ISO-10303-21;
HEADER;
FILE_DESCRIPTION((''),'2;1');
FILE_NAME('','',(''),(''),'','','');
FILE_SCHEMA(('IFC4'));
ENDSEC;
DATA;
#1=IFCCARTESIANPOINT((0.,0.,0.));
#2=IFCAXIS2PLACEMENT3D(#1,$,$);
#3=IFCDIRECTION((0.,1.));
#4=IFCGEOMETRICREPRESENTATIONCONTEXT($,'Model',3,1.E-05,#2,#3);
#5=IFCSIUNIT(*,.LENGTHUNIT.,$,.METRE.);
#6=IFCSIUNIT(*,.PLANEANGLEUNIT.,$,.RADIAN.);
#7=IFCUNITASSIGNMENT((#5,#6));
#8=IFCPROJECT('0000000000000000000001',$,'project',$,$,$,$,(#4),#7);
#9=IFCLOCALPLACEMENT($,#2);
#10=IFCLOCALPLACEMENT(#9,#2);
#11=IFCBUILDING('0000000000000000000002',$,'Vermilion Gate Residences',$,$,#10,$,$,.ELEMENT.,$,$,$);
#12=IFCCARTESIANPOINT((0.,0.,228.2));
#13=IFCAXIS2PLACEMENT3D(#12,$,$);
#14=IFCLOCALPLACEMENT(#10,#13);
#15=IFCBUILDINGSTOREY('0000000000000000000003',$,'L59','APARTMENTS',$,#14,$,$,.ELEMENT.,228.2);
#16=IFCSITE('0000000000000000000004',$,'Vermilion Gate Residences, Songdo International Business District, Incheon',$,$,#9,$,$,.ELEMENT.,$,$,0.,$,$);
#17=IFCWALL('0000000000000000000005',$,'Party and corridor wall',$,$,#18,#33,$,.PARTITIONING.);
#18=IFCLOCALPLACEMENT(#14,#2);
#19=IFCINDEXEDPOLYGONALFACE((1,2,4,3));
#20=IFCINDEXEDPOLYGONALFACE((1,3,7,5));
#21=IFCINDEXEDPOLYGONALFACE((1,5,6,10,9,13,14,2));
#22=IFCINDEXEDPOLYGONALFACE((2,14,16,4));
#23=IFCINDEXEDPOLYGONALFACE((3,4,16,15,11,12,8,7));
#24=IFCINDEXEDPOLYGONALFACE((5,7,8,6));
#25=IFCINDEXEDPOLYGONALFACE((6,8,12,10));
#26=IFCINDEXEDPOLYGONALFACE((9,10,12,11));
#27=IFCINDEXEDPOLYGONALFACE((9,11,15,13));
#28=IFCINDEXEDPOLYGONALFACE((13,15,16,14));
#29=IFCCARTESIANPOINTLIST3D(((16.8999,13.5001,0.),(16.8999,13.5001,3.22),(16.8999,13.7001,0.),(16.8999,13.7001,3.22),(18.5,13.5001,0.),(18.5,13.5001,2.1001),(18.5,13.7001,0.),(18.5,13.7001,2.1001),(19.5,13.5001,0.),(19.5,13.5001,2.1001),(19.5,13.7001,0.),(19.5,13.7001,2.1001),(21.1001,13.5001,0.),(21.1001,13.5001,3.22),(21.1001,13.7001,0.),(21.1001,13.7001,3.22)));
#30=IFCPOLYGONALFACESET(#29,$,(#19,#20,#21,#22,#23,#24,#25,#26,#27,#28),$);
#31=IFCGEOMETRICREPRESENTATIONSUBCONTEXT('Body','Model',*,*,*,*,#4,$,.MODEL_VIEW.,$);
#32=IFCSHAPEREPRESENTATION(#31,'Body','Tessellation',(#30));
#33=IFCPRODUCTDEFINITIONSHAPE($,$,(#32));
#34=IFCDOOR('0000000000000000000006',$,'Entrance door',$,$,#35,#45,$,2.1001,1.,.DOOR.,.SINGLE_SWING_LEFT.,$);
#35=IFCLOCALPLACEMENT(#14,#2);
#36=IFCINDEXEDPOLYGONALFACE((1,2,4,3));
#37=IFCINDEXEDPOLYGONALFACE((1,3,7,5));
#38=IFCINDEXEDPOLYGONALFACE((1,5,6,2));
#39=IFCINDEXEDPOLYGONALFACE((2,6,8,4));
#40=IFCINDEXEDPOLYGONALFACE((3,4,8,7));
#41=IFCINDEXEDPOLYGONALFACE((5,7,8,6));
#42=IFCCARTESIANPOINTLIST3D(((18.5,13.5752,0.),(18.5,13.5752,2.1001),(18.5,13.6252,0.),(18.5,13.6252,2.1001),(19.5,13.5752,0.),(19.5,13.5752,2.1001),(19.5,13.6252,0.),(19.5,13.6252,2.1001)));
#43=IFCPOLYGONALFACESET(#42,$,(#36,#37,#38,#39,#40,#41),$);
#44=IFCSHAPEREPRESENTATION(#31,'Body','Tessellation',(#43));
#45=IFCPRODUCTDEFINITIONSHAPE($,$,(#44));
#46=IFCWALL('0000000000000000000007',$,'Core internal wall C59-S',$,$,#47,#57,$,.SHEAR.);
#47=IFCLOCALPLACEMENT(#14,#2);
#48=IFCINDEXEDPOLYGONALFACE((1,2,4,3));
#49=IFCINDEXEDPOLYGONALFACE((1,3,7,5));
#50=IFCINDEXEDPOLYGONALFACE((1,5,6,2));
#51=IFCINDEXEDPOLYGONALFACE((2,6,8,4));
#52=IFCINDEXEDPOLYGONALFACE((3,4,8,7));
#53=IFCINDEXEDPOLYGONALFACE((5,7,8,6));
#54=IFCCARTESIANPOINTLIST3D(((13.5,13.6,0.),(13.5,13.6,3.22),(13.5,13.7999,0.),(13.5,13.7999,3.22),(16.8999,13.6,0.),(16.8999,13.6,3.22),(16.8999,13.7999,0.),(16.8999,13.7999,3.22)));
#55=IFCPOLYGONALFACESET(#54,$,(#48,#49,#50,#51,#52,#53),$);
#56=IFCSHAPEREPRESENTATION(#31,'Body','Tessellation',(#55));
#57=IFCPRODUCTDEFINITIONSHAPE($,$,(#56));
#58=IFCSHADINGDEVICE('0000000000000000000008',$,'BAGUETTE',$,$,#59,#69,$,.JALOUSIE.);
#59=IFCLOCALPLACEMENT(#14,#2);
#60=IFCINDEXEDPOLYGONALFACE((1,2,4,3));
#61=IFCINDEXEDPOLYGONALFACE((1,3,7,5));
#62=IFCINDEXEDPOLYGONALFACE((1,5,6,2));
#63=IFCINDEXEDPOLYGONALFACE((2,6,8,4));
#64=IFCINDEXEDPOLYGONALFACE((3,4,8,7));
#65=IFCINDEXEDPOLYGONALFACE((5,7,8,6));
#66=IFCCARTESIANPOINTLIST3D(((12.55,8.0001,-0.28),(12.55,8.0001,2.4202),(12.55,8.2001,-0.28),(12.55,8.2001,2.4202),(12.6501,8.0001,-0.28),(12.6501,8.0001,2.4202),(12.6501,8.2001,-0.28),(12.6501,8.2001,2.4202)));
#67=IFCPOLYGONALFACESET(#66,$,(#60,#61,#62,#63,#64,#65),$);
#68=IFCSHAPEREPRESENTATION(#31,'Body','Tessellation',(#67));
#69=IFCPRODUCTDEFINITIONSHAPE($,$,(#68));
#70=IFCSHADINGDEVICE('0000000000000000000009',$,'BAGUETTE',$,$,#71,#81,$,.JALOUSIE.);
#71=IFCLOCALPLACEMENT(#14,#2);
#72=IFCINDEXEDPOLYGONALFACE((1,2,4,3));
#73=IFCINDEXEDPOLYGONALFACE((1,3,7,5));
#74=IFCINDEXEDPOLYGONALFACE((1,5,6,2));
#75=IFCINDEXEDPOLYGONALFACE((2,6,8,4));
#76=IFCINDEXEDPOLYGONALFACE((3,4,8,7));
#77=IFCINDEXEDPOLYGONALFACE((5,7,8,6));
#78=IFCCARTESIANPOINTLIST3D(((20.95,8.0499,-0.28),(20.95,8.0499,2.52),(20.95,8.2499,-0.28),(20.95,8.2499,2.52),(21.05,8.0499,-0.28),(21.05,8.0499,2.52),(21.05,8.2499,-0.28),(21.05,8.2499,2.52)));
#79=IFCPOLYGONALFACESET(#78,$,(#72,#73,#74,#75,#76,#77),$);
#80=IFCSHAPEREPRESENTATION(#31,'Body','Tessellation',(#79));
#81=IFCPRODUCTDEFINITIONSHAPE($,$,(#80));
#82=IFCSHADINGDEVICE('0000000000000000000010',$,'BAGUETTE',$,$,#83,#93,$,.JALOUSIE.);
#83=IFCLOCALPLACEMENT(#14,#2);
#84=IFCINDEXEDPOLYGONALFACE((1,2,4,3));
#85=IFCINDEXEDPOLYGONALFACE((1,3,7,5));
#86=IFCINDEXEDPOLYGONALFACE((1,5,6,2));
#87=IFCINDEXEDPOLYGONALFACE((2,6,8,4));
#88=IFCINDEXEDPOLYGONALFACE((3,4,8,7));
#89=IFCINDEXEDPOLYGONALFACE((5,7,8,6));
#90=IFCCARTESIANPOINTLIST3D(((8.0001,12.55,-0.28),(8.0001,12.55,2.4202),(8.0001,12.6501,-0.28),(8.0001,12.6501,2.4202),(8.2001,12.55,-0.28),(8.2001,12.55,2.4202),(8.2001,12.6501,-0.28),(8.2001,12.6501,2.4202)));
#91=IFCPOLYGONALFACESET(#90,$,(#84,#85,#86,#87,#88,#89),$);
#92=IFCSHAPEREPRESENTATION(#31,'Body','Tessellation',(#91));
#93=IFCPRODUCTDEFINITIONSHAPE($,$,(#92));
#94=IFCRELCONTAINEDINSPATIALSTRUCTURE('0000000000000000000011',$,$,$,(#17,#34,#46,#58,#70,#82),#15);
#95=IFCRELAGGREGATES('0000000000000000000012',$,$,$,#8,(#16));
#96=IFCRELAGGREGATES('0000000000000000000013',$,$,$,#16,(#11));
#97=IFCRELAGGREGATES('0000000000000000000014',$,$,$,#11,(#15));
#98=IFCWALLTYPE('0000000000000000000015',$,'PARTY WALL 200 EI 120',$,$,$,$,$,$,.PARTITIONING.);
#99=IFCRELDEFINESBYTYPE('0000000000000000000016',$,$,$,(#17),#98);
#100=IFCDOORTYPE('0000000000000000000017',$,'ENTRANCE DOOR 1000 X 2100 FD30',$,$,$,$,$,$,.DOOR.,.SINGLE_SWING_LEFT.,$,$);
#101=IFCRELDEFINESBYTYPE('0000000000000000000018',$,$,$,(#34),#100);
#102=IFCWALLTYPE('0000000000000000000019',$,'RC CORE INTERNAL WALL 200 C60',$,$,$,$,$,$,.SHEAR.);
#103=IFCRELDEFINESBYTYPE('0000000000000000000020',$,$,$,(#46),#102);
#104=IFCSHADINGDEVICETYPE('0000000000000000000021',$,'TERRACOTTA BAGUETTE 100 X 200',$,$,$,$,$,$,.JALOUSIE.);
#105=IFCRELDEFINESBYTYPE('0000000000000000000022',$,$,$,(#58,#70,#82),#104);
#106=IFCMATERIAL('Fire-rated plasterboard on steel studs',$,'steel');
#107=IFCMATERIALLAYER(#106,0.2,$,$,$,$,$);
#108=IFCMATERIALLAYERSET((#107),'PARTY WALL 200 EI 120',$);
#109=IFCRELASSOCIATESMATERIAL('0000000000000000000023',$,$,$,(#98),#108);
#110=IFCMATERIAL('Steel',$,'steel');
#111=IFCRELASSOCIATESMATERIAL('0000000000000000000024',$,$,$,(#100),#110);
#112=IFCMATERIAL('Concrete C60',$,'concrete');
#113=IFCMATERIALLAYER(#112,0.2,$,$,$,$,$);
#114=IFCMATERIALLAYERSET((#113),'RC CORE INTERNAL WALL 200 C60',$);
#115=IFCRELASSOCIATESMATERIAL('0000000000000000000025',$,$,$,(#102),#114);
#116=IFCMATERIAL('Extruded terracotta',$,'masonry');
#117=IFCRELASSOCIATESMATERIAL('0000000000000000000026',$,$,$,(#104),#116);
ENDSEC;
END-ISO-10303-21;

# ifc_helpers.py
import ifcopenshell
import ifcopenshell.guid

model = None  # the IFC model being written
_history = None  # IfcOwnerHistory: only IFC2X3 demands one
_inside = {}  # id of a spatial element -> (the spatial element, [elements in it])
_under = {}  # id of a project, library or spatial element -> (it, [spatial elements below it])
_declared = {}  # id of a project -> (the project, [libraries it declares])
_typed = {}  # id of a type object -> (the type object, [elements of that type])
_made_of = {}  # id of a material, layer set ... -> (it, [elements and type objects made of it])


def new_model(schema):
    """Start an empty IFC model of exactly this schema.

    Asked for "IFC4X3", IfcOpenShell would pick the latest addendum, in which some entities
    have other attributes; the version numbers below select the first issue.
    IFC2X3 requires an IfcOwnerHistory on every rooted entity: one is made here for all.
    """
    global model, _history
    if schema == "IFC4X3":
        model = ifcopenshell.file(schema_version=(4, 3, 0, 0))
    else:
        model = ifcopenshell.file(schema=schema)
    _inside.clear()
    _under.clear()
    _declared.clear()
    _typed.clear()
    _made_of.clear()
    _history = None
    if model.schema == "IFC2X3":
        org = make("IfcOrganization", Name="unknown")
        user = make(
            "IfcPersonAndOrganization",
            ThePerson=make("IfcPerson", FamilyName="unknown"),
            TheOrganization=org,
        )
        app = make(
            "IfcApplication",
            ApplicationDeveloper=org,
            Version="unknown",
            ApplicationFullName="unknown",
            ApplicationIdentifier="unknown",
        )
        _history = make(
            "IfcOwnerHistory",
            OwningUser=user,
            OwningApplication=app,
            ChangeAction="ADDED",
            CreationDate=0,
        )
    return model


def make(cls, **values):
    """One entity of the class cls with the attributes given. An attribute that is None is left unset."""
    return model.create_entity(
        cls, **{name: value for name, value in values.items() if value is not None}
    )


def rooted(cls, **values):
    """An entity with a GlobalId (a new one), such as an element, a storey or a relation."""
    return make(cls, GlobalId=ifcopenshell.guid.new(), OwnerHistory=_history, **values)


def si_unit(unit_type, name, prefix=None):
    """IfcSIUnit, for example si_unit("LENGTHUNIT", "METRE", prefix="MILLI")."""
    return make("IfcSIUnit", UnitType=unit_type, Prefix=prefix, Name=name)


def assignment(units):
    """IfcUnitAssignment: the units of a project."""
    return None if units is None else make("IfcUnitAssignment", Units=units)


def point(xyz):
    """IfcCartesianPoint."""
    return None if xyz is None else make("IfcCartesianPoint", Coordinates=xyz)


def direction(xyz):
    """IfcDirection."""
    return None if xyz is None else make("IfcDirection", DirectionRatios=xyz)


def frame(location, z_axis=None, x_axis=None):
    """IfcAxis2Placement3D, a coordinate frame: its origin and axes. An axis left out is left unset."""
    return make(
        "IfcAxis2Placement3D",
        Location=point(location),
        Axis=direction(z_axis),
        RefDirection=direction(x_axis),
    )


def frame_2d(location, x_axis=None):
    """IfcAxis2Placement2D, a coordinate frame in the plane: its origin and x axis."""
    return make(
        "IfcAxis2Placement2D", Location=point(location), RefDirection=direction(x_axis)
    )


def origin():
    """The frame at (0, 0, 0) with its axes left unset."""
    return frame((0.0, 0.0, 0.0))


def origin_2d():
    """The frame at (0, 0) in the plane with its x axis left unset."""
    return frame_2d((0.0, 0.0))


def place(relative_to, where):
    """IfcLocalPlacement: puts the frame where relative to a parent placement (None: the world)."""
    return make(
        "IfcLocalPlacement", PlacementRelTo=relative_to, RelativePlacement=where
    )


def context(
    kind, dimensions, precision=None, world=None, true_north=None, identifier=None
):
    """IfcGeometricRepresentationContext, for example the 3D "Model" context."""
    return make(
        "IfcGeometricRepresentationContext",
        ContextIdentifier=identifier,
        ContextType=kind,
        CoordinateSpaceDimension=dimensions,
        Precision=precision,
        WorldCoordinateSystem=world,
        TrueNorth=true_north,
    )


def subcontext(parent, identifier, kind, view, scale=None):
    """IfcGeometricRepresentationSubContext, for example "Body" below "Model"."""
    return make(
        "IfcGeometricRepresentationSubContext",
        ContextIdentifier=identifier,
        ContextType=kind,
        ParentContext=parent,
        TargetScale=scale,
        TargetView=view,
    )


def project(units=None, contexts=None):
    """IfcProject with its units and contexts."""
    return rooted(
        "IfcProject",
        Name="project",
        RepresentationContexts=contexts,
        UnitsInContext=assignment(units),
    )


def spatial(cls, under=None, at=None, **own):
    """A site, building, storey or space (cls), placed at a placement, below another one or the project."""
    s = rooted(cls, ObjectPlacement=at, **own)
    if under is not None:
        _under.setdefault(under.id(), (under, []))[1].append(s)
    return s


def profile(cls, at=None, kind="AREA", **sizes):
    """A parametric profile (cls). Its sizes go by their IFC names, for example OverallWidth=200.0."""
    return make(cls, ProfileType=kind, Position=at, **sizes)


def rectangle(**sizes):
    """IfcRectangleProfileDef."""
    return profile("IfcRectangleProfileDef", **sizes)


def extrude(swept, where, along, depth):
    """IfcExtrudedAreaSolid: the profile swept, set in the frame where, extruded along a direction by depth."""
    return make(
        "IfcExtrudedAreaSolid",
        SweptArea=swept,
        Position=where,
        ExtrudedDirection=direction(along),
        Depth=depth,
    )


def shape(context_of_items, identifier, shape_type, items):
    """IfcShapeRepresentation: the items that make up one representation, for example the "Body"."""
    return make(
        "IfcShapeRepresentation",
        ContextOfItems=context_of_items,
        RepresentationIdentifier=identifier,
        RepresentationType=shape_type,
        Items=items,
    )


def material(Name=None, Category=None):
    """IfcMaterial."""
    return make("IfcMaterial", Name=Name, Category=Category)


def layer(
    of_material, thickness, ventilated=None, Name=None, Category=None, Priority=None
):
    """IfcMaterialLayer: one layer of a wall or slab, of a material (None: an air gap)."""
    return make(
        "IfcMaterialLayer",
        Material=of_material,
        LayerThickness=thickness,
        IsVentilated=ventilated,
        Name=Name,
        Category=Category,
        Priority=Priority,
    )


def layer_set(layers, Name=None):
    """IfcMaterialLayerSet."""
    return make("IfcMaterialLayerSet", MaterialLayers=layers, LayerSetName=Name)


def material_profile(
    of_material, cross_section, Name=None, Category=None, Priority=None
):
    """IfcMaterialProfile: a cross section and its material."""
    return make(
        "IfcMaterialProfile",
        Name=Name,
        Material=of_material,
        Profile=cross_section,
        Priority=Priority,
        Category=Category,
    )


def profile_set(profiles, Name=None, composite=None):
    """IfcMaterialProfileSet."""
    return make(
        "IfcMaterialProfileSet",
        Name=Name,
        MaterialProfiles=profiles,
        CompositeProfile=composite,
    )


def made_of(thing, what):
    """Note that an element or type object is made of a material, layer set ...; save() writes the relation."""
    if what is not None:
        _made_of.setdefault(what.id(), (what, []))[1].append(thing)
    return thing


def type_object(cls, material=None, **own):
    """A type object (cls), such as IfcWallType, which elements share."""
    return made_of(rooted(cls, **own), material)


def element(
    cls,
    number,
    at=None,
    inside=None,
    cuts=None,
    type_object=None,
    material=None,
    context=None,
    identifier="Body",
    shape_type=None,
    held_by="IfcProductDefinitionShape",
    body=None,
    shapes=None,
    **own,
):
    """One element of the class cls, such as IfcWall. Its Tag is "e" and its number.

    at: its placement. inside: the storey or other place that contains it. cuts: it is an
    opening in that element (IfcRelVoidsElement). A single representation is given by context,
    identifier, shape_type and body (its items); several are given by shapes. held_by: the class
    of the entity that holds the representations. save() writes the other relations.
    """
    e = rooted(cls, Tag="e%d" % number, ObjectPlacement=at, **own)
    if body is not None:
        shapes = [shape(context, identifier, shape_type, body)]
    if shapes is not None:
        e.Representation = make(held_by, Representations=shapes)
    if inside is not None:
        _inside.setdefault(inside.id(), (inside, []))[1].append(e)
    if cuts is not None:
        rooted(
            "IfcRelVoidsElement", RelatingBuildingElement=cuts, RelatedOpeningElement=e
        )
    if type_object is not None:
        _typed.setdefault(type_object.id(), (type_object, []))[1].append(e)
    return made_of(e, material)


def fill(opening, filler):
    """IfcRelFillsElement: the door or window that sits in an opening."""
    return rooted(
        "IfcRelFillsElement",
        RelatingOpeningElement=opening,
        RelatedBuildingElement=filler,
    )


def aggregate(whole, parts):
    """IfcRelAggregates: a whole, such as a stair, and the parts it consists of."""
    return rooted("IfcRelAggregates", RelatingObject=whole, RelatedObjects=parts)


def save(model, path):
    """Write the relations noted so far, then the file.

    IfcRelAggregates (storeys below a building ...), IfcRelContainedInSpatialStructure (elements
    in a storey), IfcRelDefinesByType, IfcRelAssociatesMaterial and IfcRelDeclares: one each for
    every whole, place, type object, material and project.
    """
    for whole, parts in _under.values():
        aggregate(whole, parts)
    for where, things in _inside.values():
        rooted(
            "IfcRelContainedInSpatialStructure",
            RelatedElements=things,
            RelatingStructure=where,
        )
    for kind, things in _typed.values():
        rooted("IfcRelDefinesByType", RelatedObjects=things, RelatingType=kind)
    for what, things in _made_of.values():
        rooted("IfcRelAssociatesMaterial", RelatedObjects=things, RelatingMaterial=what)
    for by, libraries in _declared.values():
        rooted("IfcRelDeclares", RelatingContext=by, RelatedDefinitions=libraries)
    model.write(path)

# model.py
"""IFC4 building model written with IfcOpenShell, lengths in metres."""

from ifc_helpers import new_model, si_unit, direction, frame, frame_2d, origin, origin_2d, place, context, subcontext, project, spatial, rectangle, extrude, material, layer, layer_set, material_profile, profile_set, type_object, element, fill, save


model = new_model("IFC4")

# Units and contexts
model_context = context("Model", 3, precision=1e-05, world=origin(), true_north=direction((0.0, 1.0)))
body_context = subcontext(model_context, "Body", "Model", "MODEL_VIEW")
ifc_project = project(units=[si_unit("LENGTHUNIT", "METRE"), si_unit("PLANEANGLEUNIT", "RADIAN")], contexts=[model_context])

# Site, building, storey
site_placement = place(None, origin())
site = spatial("IfcSite", under=ifc_project, at=site_placement, Name="Vermilion Gate Residences, Songdo International Business District, Incheon", CompositionType="ELEMENT", RefElevation=0.0)
building_placement = place(site_placement, origin())
building = spatial("IfcBuilding", under=site, at=building_placement, Name="Vermilion Gate Residences", CompositionType="ELEMENT")
storey_placement = place(building_placement, frame((0.0, 0.0, 228.2)))
storey = spatial("IfcBuildingStorey", under=building, at=storey_placement, Name="L59", Description="APARTMENTS", CompositionType="ELEMENT", Elevation=228.2)

# Wall, opening, door
ifc_material_1 = material(Name="Fire-rated plasterboard on steel studs", Category="steel")
ifc_layer_1 = layer(ifc_material_1, 0.2)
ifc_layer_set_1 = layer_set([ifc_layer_1], Name="PARTY WALL 200 EI 120")
wall_type_1 = type_object("IfcWallType", Name="PARTY WALL 200 EI 120", PredefinedType="PARTITIONING", material=ifc_layer_set_1)
wall_1_placement = place(storey_placement, frame((16.8999, 13.6001, 0.0), z_axis=(0.0, 0.0, 1.0), x_axis=(1.0, 0.0, 0.0)))
wall_1 = element("IfcWall", 1, at=wall_1_placement, inside=storey, type_object=wall_type_1, Name="Party and corridor wall", PredefinedType="PARTITIONING", context=body_context, shape_type="SweptSolid", body=[
    extrude(rectangle(XDim=4.2002, YDim=0.2, at=frame_2d((2.1001, 0.0))), origin(), (0.0, 0.0, 1.0), 3.22),
])
opening_1_placement = place(wall_1_placement, frame((1.6001, 0.0, 0.0)))
opening_1 = element("IfcOpeningElement", 2, at=opening_1_placement, cuts=wall_1, PredefinedType="OPENING", context=body_context, shape_type="SweptSolid", body=[
    extrude(rectangle(XDim=1.0, YDim=2.1001, at=frame_2d((0.5, 1.05))), frame((0.0, 0.1099, 0.0), z_axis=(0.0, -1.0, 0.0), x_axis=(1.0, 0.0, 0.0)), (0.0, 0.0, 1.0), 0.22),
])
ifc_material_2 = material(Name="Steel", Category="steel")
door_type_1 = type_object("IfcDoorType", Name="ENTRANCE DOOR 1000 X 2100 FD30", OperationType="SINGLE_SWING_LEFT", PredefinedType="DOOR", material=ifc_material_2)
door_1_placement = place(opening_1_placement, frame((1.0, 0.0, 0.0), z_axis=(0.0, 0.0, 1.0), x_axis=(-1.0, 0.0, 0.0)))
door_1 = element("IfcDoor", 3, at=door_1_placement, inside=storey, type_object=door_type_1, Name="Entrance door", OperationType="SINGLE_SWING_LEFT", OverallHeight=2.1001, OverallWidth=1.0, PredefinedType="DOOR", context=body_context, shape_type="SweptSolid", body=[
    extrude(rectangle(XDim=1.0, YDim=2.1001, at=frame_2d((0.5, 1.05))), frame((0.0, 0.0249, 0.0), z_axis=(0.0, -1.0, 0.0), x_axis=(1.0, 0.0, 0.0)), (0.0, 0.0, 1.0), 0.05),
])
fill(opening_1, door_1)

# Wall
ifc_material_3 = material(Name="Concrete C60", Category="concrete")
ifc_layer_2 = layer(ifc_material_3, 0.2)
ifc_layer_set_2 = layer_set([ifc_layer_2], Name="RC CORE INTERNAL WALL 200 C60")
wall_type_2 = type_object("IfcWallType", Name="RC CORE INTERNAL WALL 200 C60", PredefinedType="SHEAR", material=ifc_layer_set_2)
wall_2_placement = place(storey_placement, frame((13.5, 13.7, 0.0), z_axis=(0.0, 0.0, 1.0), x_axis=(1.0, 0.0, 0.0)))
element("IfcWall", 4, at=wall_2_placement, inside=storey, type_object=wall_type_2, Name="Core internal wall C59-S", PredefinedType="SHEAR", context=body_context, shape_type="SweptSolid", body=[
    extrude(rectangle(XDim=3.3999, YDim=0.2, at=frame_2d((1.7, 0.0))), origin(), (0.0, 0.0, 1.0), 3.22),
])

# Shading devices
ifc_material_4 = material(Name="Extruded terracotta", Category="masonry")
ifc_material_profile_1 = material_profile(ifc_material_4, rectangle(XDim=0.2, YDim=0.1001, at=origin_2d()), Name="BAGUETTE 100 X 200")
ifc_profile_set_1 = profile_set([ifc_material_profile_1], Name="Extruded terracotta")
shading_device_type = type_object("IfcShadingDeviceType", Name="TERRACOTTA BAGUETTE 100 X 200", PredefinedType="JALOUSIE", material=ifc_profile_set_1)
shading_device_1_placement = place(storey_placement, frame((12.6001, 8.1001, -0.28), z_axis=(0.0, 0.0, 1.0), x_axis=(0.0, 1.0, 0.0)))
element("IfcShadingDevice", 5, at=shading_device_1_placement, inside=storey, type_object=shading_device_type, Name="BAGUETTE", PredefinedType="JALOUSIE", context=body_context, shape_type="SweptSolid", body=[
    extrude(rectangle(XDim=0.2, YDim=0.1001, at=origin_2d()), origin(), (0.0, 0.0, 1.0), 2.7002),
])
shading_device_2_placement = place(storey_placement, frame((21.0, 8.1499, -0.28), z_axis=(0.0, 0.0, 1.0), x_axis=(0.0, 1.0, 0.0)))
element("IfcShadingDevice", 6, at=shading_device_2_placement, inside=storey, type_object=shading_device_type, Name="BAGUETTE", PredefinedType="JALOUSIE", context=body_context, shape_type="SweptSolid", body=[
    extrude(rectangle(XDim=0.2, YDim=0.1001, at=origin_2d()), origin(), (0.0, 0.0, 1.0), 2.8),
])
shading_device_3_placement = place(storey_placement, frame((8.1001, 12.6001, -0.28), z_axis=(0.0, 0.0, 1.0), x_axis=(1.0, 0.0, 0.0)))
element("IfcShadingDevice", 7, at=shading_device_3_placement, inside=storey, type_object=shading_device_type, Name="BAGUETTE", PredefinedType="JALOUSIE", context=body_context, shape_type="SweptSolid", body=[
    extrude(rectangle(XDim=0.2, YDim=0.1001, at=origin_2d()), origin(), (0.0, 0.0, 1.0), 2.7002),
])

save(model, "model.ifc")
